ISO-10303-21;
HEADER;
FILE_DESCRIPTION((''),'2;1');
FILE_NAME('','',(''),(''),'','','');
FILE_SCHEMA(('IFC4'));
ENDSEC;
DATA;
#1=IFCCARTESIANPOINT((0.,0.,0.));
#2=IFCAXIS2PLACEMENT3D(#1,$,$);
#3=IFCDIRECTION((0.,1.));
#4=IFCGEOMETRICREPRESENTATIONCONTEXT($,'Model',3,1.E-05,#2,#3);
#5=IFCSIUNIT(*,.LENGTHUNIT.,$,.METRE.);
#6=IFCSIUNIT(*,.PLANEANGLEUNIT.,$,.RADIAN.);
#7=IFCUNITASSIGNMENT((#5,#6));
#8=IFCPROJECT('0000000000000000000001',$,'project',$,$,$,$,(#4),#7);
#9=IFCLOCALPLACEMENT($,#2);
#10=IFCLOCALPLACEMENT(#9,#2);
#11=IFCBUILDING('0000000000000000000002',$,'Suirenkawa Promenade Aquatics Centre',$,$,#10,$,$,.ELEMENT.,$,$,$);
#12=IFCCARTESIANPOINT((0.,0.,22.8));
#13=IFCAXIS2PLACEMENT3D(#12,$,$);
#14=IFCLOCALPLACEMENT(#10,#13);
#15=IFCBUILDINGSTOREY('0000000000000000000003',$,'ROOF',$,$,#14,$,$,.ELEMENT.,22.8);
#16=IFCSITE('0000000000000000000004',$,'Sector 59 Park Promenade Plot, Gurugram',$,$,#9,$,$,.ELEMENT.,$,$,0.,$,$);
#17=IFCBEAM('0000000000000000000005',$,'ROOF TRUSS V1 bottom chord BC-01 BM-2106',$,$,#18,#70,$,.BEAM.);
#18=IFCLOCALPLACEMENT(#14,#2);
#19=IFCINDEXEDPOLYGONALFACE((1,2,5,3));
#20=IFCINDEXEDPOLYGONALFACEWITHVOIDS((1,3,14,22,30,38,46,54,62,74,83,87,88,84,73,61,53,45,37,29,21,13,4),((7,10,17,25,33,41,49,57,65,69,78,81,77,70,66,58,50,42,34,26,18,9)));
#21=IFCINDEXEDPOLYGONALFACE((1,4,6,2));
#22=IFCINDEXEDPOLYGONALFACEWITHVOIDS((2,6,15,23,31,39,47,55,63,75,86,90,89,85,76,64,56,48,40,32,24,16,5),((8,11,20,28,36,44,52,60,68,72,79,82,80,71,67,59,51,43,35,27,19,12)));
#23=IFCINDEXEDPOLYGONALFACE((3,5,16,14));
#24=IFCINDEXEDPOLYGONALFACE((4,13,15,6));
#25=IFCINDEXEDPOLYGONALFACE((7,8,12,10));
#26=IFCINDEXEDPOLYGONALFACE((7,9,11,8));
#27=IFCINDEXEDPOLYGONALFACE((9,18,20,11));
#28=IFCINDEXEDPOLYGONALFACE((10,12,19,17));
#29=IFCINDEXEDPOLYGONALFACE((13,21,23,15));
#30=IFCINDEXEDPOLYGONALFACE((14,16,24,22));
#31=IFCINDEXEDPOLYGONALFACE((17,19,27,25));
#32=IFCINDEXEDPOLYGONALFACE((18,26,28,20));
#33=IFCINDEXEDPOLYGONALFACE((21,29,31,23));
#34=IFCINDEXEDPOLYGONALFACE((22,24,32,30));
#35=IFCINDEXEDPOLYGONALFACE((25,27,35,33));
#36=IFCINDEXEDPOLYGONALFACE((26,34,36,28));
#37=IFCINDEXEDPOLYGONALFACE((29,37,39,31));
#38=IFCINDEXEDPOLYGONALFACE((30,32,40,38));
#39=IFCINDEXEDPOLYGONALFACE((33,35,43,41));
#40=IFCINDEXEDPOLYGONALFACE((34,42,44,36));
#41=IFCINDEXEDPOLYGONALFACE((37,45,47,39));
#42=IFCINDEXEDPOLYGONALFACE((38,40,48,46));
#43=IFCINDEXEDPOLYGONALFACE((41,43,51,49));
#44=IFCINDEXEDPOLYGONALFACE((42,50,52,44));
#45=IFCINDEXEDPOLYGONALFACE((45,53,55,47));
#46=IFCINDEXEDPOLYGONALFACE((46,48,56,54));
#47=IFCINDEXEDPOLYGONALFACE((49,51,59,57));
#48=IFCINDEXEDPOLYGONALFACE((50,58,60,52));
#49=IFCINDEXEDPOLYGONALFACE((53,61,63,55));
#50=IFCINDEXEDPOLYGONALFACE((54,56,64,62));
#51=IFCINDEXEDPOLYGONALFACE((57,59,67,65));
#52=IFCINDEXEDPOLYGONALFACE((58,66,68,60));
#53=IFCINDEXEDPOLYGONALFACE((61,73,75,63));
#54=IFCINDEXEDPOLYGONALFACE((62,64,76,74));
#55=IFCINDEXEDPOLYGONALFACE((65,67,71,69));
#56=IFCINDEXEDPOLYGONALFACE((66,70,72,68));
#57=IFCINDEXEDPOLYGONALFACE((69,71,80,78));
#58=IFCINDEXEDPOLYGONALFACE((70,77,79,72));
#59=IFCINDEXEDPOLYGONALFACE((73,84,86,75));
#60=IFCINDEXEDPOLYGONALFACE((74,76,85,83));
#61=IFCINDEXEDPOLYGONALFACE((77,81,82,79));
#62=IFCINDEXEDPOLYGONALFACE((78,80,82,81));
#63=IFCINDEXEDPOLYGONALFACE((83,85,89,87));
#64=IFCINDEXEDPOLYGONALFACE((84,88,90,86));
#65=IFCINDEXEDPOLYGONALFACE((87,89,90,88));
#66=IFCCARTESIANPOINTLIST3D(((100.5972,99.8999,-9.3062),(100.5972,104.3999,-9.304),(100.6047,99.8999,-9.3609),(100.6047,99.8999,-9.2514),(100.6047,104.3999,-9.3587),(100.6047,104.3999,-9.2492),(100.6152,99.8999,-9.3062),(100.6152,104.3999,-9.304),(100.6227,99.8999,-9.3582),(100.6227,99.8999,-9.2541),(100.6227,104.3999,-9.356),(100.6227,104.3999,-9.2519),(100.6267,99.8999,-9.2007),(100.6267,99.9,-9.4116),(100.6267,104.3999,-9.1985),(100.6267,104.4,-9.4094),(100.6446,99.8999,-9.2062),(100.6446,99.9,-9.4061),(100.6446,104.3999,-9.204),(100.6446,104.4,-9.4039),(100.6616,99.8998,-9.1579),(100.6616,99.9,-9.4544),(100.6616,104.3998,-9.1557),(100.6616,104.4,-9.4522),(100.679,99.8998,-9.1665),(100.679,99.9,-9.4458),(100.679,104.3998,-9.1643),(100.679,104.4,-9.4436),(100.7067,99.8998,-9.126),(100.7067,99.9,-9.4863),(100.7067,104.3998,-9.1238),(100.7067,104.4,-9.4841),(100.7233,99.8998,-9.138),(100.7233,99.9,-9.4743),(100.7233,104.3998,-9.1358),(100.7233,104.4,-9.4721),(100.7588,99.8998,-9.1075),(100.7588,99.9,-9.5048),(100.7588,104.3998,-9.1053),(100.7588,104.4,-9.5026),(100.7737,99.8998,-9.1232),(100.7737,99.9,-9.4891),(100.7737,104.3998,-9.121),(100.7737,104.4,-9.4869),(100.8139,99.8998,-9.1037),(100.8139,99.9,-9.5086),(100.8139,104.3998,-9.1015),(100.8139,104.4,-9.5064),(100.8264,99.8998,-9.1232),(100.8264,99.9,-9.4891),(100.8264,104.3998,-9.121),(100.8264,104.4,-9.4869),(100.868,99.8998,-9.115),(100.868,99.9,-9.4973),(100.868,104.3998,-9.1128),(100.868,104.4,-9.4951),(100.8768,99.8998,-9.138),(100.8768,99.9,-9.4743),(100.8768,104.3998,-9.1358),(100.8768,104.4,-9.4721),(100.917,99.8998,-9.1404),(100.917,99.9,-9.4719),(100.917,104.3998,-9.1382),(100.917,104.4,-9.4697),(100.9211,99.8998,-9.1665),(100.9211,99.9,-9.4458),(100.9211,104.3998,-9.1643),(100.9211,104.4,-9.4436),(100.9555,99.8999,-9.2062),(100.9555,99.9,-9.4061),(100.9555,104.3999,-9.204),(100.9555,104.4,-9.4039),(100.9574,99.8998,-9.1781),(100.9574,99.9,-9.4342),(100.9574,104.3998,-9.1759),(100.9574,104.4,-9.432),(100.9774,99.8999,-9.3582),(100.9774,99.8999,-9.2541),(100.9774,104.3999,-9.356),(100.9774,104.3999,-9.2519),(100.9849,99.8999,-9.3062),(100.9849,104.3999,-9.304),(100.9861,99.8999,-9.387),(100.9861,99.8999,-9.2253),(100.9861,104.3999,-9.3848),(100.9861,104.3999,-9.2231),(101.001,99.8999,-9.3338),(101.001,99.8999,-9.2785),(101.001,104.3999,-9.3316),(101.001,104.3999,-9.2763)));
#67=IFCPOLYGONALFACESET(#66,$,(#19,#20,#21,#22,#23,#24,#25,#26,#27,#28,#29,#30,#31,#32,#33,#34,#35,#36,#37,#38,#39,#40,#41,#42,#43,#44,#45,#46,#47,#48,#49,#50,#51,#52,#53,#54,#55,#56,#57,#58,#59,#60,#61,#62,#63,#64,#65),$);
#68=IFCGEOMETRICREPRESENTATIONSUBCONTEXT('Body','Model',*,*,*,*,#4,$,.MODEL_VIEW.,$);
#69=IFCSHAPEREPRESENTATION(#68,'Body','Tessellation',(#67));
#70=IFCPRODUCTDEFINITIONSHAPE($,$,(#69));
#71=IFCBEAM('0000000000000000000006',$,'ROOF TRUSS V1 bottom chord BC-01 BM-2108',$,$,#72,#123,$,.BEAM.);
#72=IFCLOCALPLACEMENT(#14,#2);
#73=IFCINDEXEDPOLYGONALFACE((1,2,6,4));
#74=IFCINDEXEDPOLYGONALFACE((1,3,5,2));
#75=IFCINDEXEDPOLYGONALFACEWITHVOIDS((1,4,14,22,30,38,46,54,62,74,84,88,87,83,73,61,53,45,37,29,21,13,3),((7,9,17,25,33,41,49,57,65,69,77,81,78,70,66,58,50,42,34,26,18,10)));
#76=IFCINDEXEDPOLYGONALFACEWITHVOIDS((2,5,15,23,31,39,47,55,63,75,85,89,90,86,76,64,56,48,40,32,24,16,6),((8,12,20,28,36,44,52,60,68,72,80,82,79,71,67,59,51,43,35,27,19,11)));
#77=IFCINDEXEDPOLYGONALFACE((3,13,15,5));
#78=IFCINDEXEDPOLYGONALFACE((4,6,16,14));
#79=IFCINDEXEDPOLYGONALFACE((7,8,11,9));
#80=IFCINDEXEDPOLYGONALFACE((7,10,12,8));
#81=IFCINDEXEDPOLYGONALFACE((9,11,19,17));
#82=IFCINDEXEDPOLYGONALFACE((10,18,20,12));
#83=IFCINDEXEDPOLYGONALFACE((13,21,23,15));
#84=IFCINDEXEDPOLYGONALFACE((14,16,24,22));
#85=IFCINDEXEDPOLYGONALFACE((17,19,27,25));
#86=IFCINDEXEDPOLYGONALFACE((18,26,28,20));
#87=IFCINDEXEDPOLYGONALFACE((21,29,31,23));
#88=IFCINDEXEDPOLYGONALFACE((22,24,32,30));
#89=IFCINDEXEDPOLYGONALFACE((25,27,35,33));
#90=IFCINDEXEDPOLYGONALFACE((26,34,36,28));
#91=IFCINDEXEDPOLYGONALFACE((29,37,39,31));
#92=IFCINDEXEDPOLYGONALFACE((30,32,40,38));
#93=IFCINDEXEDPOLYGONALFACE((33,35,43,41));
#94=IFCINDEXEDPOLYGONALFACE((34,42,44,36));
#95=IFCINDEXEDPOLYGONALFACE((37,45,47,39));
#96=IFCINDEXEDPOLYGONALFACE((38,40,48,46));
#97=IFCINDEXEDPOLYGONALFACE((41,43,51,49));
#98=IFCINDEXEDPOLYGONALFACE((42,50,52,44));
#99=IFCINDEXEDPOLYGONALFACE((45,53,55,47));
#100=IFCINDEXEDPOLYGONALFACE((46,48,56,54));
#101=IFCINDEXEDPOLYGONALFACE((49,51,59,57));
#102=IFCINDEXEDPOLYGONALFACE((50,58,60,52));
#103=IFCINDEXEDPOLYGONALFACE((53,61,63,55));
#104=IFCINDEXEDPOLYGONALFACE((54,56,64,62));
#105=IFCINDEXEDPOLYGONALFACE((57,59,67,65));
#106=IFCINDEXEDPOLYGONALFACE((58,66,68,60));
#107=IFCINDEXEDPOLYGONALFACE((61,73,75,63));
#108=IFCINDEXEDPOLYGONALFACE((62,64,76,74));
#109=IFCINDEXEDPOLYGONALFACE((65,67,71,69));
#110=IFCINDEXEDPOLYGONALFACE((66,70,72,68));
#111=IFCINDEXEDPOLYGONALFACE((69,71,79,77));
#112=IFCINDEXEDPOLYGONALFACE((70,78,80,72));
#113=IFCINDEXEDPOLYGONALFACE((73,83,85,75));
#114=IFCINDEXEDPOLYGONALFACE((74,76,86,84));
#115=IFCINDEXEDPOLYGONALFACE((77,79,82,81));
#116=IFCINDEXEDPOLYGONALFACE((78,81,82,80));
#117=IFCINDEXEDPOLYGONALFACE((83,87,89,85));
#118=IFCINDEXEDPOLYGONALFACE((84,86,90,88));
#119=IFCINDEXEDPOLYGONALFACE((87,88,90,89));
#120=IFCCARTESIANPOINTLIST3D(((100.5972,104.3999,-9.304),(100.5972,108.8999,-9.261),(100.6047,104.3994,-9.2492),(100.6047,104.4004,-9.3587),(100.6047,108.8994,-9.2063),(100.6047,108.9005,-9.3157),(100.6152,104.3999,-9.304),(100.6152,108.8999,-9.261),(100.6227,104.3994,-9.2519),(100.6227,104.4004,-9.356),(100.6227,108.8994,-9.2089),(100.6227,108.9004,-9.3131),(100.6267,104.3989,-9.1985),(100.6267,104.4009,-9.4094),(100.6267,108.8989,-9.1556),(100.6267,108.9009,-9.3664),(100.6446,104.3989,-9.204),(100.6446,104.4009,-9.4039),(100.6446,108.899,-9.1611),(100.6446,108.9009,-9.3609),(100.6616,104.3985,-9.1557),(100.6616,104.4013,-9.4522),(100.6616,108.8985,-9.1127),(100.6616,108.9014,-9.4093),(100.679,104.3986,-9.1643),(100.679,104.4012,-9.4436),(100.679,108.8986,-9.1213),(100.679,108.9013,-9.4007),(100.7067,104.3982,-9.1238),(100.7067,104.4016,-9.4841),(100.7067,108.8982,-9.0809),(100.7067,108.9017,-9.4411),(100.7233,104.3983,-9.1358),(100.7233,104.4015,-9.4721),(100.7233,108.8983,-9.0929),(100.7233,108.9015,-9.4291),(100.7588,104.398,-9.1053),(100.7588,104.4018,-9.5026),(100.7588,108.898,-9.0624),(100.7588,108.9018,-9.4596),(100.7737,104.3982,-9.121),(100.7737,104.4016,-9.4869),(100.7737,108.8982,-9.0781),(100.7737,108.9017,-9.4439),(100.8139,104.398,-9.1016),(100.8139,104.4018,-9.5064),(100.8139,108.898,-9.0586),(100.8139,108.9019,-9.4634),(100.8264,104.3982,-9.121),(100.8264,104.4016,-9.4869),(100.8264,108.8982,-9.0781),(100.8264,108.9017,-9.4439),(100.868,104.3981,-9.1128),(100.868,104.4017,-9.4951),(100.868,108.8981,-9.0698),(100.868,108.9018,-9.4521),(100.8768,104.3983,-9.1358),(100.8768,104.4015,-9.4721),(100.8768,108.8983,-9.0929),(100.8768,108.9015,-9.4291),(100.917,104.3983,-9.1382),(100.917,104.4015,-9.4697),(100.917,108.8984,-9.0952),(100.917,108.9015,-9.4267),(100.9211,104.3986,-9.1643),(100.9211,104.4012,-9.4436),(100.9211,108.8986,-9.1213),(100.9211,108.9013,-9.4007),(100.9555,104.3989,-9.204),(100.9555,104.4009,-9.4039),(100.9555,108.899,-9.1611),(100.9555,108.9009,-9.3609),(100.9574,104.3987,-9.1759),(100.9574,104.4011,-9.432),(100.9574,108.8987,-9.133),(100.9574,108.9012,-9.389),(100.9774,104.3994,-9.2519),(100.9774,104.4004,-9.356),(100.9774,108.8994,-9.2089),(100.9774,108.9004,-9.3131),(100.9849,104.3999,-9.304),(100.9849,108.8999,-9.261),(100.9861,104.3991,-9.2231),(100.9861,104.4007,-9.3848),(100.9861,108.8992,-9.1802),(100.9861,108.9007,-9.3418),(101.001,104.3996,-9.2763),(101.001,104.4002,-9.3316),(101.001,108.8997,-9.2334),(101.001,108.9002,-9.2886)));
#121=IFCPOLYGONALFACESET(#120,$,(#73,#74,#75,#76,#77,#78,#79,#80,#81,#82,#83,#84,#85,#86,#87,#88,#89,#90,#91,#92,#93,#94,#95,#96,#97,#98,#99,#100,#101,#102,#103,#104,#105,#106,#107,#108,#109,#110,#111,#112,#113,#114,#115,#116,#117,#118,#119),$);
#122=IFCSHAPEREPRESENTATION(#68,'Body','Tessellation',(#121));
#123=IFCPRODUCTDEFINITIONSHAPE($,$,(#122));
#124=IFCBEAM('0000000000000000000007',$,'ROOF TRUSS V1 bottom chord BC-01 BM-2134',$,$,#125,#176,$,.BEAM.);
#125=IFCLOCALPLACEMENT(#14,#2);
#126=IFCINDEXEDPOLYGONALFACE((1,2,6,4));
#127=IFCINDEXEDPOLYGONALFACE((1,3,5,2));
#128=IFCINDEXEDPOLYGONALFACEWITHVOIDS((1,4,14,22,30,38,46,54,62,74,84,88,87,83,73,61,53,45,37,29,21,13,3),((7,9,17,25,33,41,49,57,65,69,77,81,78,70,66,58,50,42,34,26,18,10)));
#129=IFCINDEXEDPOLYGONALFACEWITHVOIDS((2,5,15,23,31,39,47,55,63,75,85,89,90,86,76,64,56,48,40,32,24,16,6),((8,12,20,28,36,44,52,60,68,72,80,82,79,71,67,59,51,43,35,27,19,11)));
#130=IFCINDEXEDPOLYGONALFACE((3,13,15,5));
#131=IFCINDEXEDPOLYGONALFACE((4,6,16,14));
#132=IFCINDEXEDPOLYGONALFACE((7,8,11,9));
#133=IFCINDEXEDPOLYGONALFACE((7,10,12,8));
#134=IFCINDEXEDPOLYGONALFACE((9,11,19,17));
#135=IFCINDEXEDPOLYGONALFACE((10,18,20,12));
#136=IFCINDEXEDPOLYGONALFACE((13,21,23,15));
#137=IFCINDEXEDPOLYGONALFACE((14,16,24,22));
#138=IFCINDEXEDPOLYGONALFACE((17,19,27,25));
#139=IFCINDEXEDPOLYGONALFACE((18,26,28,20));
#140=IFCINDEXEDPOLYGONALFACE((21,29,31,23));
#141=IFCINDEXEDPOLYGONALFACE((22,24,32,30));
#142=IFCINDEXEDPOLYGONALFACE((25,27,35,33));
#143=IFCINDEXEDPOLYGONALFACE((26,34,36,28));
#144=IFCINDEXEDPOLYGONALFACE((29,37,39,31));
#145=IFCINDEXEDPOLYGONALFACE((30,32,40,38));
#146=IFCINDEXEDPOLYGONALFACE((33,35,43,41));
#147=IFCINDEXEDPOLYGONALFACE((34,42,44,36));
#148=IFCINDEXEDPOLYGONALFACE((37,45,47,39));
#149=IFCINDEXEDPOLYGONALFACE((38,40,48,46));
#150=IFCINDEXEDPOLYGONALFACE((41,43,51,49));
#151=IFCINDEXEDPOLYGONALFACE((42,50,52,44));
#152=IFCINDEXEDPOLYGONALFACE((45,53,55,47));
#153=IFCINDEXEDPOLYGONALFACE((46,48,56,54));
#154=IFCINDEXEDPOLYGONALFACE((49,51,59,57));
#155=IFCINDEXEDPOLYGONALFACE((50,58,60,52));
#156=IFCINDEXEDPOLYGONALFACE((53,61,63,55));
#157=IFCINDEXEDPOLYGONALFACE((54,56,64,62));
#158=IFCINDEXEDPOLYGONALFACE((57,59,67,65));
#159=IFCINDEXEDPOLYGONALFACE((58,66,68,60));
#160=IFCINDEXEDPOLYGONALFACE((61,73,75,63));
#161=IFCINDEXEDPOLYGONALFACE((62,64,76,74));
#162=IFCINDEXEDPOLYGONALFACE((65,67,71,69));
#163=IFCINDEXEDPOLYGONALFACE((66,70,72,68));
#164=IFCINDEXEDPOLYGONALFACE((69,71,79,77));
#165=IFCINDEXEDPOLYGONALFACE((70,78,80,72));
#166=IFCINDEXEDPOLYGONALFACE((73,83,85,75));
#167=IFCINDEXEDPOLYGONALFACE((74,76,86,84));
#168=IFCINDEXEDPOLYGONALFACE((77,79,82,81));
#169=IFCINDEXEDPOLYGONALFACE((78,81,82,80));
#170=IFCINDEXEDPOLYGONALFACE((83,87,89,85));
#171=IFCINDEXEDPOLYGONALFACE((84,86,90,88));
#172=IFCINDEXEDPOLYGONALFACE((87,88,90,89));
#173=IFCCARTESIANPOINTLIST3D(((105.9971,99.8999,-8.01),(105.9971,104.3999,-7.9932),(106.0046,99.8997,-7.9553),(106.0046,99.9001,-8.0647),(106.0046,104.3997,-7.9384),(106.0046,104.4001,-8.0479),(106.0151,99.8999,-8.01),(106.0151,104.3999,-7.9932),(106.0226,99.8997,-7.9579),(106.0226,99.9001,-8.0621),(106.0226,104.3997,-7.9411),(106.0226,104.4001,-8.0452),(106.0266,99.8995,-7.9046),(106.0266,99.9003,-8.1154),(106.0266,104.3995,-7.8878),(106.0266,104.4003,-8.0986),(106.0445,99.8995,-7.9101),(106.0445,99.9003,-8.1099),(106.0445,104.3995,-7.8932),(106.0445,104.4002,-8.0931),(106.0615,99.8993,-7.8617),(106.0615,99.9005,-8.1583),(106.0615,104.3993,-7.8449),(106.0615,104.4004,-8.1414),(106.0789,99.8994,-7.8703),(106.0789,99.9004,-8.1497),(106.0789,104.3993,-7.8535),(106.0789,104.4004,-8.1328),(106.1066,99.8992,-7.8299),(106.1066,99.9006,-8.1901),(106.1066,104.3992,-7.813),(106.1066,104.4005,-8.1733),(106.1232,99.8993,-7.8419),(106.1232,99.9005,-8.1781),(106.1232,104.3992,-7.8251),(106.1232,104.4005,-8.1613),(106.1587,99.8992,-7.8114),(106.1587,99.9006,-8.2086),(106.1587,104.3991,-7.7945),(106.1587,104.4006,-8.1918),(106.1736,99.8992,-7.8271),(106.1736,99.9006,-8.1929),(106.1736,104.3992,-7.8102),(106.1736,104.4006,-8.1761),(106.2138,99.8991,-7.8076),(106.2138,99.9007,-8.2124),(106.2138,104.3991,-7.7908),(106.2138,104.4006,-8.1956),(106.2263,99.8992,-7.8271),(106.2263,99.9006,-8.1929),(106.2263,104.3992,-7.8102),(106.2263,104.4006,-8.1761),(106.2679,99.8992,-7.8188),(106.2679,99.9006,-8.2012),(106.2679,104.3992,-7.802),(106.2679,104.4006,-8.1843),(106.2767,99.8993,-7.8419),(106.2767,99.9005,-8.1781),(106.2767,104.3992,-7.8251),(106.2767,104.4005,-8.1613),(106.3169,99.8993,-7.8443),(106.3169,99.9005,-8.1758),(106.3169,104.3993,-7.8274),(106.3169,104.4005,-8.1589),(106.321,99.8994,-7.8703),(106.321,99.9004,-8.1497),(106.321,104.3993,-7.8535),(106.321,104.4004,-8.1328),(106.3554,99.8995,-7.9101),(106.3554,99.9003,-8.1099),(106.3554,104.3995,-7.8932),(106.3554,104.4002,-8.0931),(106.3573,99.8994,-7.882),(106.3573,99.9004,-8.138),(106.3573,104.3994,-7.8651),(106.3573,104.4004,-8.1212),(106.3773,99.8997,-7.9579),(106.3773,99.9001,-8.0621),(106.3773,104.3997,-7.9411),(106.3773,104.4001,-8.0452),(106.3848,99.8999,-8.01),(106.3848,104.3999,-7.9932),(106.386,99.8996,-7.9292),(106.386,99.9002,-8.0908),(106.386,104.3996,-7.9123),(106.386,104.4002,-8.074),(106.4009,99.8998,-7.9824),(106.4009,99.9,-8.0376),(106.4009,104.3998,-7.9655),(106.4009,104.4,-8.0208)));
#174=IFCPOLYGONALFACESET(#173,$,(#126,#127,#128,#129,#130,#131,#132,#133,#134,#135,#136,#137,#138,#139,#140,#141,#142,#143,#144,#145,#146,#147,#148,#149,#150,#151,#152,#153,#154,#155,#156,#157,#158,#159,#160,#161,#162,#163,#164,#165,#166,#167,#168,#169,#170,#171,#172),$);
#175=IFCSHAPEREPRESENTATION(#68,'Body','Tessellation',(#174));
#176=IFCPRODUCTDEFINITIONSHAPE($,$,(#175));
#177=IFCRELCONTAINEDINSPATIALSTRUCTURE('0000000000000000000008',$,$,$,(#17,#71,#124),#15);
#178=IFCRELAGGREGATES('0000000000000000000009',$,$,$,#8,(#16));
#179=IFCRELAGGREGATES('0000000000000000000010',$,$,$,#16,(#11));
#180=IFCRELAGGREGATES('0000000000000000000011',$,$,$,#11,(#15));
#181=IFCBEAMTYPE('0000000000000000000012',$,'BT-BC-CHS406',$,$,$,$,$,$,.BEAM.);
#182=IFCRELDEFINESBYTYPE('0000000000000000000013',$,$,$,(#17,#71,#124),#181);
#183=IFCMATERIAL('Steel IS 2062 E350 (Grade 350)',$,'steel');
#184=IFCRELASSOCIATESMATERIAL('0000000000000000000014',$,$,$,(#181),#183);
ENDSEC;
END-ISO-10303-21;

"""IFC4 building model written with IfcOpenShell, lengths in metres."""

from ifc_helpers import new_model, si_unit, direction, frame, origin, origin_2d, place, context, subcontext, project, spatial, hollow_circle, extrude, material, material_profile, profile_set, type_object, element, save


model = new_model("IFC4")

# Units and contexts
model_context = context("Model", 3, precision=1e-05, world=origin(), true_north=direction((0.0, 1.0)))
body_context = subcontext(model_context, "Body", "Model", "MODEL_VIEW")
ifc_project = project(units=[si_unit("LENGTHUNIT", "METRE"), si_unit("PLANEANGLEUNIT", "RADIAN")], contexts=[model_context])

# Site, building, storey
site_placement = place(None, origin())
site = spatial("IfcSite", under=ifc_project, at=site_placement, Name="Sector 59 Park Promenade Plot, Gurugram", CompositionType="ELEMENT", RefElevation=0.0)
building_placement = place(site_placement, origin())
building = spatial("IfcBuilding", under=site, at=building_placement, Name="Suirenkawa Promenade Aquatics Centre", CompositionType="ELEMENT")
storey_placement = place(building_placement, frame((0.0, 0.0, 22.8)))
storey = spatial("IfcBuildingStorey", under=building, at=storey_placement, Name="ROOF", CompositionType="ELEMENT", Elevation=22.8)

# Beams
ifc_material = material(Name="Steel IS 2062 E350 (Grade 350)", Category="steel")
ifc_material_profile_1 = material_profile(ifc_material, hollow_circle(Radius=0.2029, WallThickness=0.0181, at=origin_2d()), Name="CHS 406x18", Category="steel")
ifc_profile_set_1 = profile_set([ifc_material_profile_1], Name="Steel IS 2062 E350 (Grade 350)")
beam_type_1 = type_object("IfcBeamType", Name="BT-BC-CHS406", PredefinedType="BEAM", material=ifc_profile_set_1)
beam_1_placement = place(storey_placement, frame((100.8, 99.8999, -9.3062), z_axis=(0.0, 1.0, 0.000488), x_axis=(-1.0, 0.0, 0.0)))
element("IfcBeam", 1, at=beam_1_placement, inside=storey, type_object=beam_type_1, Name="ROOF TRUSS V1 bottom chord BC-01 BM-2106", PredefinedType="BEAM", context=body_context, shape_type="SweptSolid", body=[
    extrude(hollow_circle(Radius=0.2029, WallThickness=0.0181, at=origin_2d()), origin(), (0.0, 0.0, 1.0), 4.5),
])
beam_2_placement = place(storey_placement, frame((100.8, 104.3999, -9.304), z_axis=(0.0, 0.999954, 0.009548), x_axis=(-1.0, 0.0, 0.0)))
element("IfcBeam", 2, at=beam_2_placement, inside=storey, type_object=beam_type_1, Name="ROOF TRUSS V1 bottom chord BC-01 BM-2108", PredefinedType="BEAM", context=body_context, shape_type="SweptSolid", body=[
    extrude(hollow_circle(Radius=0.2029, WallThickness=0.0181, at=origin_2d()), origin(), (0.0, 0.0, 1.0), 4.5002),
])
beam_3_placement = place(storey_placement, frame((106.2, 99.8999, -8.01), z_axis=(0.0, 0.999993, 0.003743), x_axis=(-1.0, 0.0, 0.0)))
element("IfcBeam", 3, at=beam_3_placement, inside=storey, type_object=beam_type_1, Name="ROOF TRUSS V1 bottom chord BC-01 BM-2134", PredefinedType="BEAM", context=body_context, shape_type="SweptSolid", body=[
    extrude(hollow_circle(Radius=0.2029, WallThickness=0.0181, at=origin_2d()), origin(), (0.0, 0.0, 1.0), 4.5),
])

save(model, "model.ifc")
